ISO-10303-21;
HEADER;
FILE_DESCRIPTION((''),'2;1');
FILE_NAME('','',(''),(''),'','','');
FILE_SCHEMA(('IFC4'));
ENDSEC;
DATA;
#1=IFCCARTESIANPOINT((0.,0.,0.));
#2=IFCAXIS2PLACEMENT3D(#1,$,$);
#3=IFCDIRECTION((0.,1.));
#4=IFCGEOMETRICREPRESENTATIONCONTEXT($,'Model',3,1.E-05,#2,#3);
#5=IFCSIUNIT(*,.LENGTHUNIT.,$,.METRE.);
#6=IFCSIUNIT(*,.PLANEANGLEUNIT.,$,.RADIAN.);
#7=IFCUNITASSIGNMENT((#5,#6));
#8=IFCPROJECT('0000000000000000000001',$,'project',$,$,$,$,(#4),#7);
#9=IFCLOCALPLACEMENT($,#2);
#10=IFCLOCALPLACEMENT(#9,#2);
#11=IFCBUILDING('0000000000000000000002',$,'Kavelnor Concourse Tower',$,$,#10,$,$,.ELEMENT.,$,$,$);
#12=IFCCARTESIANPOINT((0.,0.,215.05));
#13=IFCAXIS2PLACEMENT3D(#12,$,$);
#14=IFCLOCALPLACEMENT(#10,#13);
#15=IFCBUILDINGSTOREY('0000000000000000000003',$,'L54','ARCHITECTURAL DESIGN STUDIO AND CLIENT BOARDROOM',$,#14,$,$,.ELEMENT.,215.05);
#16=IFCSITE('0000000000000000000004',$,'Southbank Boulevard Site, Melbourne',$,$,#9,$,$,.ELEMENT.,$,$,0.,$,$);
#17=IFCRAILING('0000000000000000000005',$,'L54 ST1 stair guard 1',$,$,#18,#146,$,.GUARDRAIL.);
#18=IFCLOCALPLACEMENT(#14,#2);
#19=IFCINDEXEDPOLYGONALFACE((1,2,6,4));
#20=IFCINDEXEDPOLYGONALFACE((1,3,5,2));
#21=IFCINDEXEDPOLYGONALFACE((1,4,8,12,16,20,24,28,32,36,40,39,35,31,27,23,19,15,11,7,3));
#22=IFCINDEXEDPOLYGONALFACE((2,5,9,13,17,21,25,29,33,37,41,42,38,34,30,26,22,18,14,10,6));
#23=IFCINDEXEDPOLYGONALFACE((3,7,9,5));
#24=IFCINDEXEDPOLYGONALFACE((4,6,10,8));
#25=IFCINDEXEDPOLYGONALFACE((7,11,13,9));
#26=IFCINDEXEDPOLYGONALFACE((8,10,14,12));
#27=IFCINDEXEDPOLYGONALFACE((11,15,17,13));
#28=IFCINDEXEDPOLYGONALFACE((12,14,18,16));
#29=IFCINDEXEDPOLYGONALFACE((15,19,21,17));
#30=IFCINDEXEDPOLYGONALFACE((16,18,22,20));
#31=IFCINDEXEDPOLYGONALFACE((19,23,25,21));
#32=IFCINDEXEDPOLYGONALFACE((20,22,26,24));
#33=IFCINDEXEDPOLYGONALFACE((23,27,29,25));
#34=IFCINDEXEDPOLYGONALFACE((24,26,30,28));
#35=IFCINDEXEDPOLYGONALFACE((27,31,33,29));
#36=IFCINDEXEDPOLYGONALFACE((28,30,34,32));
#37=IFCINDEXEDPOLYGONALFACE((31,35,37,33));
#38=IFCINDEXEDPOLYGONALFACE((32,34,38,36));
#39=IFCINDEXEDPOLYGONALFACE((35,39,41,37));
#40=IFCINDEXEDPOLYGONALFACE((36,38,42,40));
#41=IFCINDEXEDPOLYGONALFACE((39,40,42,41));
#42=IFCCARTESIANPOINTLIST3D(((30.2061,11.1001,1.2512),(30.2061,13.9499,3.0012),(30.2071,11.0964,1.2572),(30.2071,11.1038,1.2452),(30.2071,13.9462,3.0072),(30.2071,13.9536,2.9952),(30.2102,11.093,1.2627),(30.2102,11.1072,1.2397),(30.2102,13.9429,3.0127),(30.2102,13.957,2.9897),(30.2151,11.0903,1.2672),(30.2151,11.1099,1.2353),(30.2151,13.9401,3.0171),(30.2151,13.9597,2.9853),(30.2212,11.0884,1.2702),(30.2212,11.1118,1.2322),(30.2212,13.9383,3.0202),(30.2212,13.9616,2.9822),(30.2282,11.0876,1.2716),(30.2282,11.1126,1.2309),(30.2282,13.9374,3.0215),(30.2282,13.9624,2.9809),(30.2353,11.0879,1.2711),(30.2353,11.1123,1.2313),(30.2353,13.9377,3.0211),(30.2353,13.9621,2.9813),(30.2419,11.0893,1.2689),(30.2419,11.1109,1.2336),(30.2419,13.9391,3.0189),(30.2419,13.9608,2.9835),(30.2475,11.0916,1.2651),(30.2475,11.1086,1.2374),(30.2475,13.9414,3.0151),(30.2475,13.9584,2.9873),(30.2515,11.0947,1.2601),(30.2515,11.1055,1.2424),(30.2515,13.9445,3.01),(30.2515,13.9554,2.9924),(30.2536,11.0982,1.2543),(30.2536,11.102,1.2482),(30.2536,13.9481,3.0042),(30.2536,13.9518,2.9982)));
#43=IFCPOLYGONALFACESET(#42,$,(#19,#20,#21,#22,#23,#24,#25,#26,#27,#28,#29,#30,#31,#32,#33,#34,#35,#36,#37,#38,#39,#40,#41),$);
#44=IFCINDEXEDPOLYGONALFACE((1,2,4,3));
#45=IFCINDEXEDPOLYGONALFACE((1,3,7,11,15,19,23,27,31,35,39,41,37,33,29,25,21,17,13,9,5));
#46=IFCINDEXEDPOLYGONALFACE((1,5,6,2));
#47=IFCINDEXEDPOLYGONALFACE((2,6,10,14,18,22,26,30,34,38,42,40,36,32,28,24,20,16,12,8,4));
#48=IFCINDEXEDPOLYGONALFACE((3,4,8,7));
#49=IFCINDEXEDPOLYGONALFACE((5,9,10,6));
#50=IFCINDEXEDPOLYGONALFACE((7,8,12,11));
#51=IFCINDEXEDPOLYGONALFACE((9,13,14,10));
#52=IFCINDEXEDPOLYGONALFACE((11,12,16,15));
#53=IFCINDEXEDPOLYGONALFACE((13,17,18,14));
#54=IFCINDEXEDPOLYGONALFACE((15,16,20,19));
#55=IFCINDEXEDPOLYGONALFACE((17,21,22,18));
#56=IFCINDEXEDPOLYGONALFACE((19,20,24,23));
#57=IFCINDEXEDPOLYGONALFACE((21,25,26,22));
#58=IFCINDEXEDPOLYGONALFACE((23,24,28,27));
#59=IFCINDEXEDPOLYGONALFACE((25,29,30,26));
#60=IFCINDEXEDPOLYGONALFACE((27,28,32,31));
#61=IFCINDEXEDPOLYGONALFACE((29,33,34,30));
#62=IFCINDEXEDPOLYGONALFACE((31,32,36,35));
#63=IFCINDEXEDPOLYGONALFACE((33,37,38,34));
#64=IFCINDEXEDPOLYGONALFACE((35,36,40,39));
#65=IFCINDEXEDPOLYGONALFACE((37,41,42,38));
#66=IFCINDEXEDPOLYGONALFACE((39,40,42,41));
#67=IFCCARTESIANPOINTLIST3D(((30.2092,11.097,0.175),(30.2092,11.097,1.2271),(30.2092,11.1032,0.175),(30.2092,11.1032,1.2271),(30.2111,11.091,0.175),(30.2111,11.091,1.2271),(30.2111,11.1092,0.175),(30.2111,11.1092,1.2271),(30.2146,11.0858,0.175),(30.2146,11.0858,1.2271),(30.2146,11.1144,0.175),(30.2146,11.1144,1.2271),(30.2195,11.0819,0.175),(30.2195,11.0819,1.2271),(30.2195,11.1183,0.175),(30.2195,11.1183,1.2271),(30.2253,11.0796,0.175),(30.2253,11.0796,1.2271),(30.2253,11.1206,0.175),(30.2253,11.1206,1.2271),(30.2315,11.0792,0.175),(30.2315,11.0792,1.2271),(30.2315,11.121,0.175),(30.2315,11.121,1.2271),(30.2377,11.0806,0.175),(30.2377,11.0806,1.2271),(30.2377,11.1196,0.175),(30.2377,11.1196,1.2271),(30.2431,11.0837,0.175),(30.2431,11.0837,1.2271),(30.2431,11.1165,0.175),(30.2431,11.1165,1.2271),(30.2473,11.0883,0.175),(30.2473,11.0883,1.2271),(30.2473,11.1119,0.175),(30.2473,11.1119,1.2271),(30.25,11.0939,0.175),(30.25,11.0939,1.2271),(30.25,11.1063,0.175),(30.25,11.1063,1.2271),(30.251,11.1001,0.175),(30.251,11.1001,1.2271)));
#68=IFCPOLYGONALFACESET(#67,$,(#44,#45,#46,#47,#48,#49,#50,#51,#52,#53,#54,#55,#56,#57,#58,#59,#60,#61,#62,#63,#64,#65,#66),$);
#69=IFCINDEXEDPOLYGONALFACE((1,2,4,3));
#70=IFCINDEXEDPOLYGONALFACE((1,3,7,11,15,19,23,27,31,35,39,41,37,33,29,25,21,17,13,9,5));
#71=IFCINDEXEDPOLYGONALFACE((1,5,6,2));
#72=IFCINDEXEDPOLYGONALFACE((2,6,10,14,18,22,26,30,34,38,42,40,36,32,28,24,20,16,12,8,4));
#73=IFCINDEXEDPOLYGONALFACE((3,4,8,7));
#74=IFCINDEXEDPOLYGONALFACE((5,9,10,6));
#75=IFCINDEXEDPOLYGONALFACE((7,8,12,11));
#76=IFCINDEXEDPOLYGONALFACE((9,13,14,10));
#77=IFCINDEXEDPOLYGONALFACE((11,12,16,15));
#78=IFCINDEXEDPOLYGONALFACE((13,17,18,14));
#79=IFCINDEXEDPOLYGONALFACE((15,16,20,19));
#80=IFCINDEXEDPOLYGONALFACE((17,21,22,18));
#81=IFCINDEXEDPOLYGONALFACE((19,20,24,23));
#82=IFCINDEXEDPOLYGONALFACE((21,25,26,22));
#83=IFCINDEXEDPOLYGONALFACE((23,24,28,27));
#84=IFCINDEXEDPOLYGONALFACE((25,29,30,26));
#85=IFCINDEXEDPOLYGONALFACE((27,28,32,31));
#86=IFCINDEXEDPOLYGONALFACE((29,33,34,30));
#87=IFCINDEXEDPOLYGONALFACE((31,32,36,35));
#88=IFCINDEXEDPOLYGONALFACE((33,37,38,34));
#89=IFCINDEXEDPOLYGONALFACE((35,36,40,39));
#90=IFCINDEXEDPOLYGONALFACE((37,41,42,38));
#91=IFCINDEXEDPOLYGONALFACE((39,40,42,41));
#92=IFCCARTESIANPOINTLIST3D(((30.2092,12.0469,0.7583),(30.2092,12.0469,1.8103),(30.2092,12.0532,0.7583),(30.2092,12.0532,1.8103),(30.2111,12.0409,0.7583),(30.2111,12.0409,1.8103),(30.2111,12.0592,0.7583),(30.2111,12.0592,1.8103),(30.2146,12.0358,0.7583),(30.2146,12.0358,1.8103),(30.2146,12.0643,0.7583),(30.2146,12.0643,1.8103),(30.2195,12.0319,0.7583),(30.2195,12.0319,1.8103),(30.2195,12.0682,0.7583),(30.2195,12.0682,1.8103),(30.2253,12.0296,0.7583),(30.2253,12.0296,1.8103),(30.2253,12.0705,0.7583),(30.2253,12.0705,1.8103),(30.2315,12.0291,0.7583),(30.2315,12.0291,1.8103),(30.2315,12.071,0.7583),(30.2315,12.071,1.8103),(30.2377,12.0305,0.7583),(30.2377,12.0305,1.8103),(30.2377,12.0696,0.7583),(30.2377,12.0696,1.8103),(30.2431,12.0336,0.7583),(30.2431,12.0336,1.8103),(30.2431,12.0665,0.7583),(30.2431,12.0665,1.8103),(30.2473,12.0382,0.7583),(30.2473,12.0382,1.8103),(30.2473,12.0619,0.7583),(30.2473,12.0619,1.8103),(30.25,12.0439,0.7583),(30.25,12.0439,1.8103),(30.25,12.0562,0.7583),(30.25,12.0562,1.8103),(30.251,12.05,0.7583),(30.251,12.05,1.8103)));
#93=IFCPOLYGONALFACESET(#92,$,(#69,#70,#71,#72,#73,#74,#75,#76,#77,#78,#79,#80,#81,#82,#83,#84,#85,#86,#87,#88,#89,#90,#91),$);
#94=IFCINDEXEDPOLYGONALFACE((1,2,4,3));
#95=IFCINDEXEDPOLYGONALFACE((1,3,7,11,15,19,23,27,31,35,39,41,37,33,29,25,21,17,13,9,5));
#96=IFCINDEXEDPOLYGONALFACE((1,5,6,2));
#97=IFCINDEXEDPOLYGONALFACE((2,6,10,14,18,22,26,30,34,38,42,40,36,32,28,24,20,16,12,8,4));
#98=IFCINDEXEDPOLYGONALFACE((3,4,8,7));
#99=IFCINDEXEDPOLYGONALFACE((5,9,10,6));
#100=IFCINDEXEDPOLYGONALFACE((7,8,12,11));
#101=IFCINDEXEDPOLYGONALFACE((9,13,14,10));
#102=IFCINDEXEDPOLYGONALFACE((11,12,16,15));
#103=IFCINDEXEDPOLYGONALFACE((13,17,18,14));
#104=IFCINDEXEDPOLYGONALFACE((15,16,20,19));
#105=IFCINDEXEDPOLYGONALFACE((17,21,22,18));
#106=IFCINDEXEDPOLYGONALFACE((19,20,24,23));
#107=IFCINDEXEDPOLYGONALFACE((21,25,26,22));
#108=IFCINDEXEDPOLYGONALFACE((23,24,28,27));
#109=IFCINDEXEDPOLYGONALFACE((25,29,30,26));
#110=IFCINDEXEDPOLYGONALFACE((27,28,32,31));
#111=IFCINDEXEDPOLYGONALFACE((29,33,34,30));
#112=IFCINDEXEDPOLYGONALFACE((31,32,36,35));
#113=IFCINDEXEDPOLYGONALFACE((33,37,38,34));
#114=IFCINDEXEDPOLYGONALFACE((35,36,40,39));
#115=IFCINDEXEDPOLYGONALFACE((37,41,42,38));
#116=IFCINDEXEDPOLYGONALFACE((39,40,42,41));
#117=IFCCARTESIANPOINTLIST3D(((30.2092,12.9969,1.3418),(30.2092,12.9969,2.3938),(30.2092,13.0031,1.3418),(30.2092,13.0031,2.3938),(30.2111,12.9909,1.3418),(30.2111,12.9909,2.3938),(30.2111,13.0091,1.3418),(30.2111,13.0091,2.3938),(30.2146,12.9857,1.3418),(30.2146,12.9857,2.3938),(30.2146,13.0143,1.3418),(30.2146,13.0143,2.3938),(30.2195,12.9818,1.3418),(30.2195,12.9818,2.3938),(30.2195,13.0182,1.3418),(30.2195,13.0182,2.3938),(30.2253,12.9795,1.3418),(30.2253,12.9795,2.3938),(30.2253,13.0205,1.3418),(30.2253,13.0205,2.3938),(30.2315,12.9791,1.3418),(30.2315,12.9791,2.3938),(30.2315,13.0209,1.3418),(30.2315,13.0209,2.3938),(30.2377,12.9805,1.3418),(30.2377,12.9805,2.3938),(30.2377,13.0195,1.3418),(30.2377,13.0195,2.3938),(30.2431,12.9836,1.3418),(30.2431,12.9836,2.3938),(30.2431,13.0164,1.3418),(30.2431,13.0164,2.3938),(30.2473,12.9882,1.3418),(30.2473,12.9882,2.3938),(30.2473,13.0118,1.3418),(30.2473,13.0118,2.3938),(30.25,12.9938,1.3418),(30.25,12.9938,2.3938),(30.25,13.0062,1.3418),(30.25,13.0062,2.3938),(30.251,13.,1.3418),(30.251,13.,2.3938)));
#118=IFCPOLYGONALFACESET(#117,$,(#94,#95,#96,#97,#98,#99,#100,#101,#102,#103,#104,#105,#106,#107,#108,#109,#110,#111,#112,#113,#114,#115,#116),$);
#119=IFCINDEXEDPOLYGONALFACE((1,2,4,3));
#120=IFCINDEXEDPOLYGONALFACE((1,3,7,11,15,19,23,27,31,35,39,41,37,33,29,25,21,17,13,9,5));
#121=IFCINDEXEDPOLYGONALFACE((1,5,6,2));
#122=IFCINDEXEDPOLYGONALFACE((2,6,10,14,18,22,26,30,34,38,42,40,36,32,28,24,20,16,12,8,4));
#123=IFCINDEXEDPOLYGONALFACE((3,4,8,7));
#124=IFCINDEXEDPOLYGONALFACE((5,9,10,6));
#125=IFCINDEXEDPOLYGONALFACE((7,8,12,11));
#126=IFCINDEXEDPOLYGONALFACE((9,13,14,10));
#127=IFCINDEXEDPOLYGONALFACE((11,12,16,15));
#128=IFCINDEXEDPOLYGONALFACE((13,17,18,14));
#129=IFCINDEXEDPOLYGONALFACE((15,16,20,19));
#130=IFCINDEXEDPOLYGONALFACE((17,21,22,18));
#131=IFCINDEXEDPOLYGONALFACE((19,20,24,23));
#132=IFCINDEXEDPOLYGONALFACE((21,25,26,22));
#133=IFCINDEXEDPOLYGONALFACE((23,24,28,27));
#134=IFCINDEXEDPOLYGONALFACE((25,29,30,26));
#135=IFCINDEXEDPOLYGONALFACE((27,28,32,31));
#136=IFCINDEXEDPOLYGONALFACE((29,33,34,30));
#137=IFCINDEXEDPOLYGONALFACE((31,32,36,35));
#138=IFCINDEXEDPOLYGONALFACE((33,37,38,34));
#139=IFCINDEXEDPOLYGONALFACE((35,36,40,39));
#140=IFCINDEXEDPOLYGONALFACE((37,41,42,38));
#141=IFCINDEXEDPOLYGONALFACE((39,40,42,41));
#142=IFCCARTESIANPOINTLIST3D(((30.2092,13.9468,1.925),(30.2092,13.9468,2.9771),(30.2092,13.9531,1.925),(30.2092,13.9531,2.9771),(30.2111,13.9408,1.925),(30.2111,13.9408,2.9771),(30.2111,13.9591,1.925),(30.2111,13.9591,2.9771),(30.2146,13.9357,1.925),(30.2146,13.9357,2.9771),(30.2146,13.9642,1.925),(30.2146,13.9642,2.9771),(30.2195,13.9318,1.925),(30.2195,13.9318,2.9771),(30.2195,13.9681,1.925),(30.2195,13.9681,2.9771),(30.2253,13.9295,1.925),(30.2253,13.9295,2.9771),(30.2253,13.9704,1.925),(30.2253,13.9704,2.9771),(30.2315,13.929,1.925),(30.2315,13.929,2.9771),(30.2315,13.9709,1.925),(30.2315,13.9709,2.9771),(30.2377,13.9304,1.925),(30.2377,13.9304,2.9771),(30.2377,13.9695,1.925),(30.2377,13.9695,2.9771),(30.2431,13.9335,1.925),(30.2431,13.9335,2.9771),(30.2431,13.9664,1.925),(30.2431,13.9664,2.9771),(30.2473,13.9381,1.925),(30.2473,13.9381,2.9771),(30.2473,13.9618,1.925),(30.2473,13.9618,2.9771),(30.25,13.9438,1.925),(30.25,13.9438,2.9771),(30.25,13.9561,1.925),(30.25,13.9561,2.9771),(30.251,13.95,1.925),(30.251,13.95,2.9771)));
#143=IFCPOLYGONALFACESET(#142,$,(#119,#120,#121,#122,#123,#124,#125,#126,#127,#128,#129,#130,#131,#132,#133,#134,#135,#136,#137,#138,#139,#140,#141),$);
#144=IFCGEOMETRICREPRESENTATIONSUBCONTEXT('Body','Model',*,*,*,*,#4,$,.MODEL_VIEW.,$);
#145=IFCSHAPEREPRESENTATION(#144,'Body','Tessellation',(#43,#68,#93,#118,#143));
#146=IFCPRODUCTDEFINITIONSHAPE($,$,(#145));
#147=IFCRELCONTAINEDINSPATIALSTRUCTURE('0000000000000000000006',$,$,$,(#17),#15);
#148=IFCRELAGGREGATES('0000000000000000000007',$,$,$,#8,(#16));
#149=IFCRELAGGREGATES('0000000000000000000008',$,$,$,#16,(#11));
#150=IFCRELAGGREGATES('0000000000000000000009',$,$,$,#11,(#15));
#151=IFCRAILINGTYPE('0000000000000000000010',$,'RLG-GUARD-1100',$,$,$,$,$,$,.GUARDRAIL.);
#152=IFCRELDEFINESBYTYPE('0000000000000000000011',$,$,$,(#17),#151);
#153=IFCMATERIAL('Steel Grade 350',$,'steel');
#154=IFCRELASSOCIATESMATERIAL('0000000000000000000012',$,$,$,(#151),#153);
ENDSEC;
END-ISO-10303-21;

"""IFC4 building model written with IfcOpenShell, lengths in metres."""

from ifc_helpers import new_model, si_unit, direction, frame, origin, origin_2d, place, context, subcontext, project, spatial, circle, extrude, material, type_object, element, save


model = new_model("IFC4")

# Units and contexts
model_context = context("Model", 3, precision=1e-05, world=origin(), true_north=direction((0.0, 1.0)))
body_context = subcontext(model_context, "Body", "Model", "MODEL_VIEW")
ifc_project = project(units=[si_unit("LENGTHUNIT", "METRE"), si_unit("PLANEANGLEUNIT", "RADIAN")], contexts=[model_context])

# Site, building, storey
site_placement = place(None, origin())
site = spatial("IfcSite", under=ifc_project, at=site_placement, Name="Southbank Boulevard Site, Melbourne", CompositionType="ELEMENT", RefElevation=0.0)
building_placement = place(site_placement, origin())
building = spatial("IfcBuilding", under=site, at=building_placement, Name="Kavelnor Concourse Tower", CompositionType="ELEMENT")
storey_placement = place(building_placement, frame((0.0, 0.0, 215.05)))
storey = spatial("IfcBuildingStorey", under=building, at=storey_placement, Name="L54", Description="ARCHITECTURAL DESIGN STUDIO AND CLIENT BOARDROOM", CompositionType="ELEMENT", Elevation=215.05)

# Shared definitions
ifc_material_1 = material(Name="Steel Grade 350", Category="steel")

# Railing
railing_type_1 = type_object("IfcRailingType", Name="RLG-GUARD-1100", PredefinedType="GUARDRAIL", material=ifc_material_1)
railing_1_placement = place(storey_placement, frame((30.23, 11.1001, 0.175)))
element("IfcRailing", 1, at=railing_1_placement, inside=storey, type_object=railing_type_1, Name="L54 ST1 stair guard 1", PredefinedType="GUARDRAIL", context=body_context, shape_type="SweptSolid", body=[
    extrude(circle(Radius=0.0239, at=origin_2d()), frame((0.0, 0.0, 1.0762), z_axis=(0.0, 0.852159, 0.523283), x_axis=(-1.0, 0.0, 0.0)), (0.0, 0.0, 1.0), 3.3442),
    extrude(circle(Radius=0.021, at=origin_2d()), origin(), (0.0, 0.0, 1.0), 1.052),
    extrude(circle(Radius=0.021, at=origin_2d()), frame((0.0, 0.95, 0.5833)), (0.0, 0.0, 1.0), 1.052),
    extrude(circle(Radius=0.021, at=origin_2d()), frame((0.0, 1.8999, 1.1667)), (0.0, 0.0, 1.0), 1.052),
    extrude(circle(Radius=0.021, at=origin_2d()), frame((0.0, 2.8499, 1.75)), (0.0, 0.0, 1.0), 1.052),
])

save(model, "model.ifc")
